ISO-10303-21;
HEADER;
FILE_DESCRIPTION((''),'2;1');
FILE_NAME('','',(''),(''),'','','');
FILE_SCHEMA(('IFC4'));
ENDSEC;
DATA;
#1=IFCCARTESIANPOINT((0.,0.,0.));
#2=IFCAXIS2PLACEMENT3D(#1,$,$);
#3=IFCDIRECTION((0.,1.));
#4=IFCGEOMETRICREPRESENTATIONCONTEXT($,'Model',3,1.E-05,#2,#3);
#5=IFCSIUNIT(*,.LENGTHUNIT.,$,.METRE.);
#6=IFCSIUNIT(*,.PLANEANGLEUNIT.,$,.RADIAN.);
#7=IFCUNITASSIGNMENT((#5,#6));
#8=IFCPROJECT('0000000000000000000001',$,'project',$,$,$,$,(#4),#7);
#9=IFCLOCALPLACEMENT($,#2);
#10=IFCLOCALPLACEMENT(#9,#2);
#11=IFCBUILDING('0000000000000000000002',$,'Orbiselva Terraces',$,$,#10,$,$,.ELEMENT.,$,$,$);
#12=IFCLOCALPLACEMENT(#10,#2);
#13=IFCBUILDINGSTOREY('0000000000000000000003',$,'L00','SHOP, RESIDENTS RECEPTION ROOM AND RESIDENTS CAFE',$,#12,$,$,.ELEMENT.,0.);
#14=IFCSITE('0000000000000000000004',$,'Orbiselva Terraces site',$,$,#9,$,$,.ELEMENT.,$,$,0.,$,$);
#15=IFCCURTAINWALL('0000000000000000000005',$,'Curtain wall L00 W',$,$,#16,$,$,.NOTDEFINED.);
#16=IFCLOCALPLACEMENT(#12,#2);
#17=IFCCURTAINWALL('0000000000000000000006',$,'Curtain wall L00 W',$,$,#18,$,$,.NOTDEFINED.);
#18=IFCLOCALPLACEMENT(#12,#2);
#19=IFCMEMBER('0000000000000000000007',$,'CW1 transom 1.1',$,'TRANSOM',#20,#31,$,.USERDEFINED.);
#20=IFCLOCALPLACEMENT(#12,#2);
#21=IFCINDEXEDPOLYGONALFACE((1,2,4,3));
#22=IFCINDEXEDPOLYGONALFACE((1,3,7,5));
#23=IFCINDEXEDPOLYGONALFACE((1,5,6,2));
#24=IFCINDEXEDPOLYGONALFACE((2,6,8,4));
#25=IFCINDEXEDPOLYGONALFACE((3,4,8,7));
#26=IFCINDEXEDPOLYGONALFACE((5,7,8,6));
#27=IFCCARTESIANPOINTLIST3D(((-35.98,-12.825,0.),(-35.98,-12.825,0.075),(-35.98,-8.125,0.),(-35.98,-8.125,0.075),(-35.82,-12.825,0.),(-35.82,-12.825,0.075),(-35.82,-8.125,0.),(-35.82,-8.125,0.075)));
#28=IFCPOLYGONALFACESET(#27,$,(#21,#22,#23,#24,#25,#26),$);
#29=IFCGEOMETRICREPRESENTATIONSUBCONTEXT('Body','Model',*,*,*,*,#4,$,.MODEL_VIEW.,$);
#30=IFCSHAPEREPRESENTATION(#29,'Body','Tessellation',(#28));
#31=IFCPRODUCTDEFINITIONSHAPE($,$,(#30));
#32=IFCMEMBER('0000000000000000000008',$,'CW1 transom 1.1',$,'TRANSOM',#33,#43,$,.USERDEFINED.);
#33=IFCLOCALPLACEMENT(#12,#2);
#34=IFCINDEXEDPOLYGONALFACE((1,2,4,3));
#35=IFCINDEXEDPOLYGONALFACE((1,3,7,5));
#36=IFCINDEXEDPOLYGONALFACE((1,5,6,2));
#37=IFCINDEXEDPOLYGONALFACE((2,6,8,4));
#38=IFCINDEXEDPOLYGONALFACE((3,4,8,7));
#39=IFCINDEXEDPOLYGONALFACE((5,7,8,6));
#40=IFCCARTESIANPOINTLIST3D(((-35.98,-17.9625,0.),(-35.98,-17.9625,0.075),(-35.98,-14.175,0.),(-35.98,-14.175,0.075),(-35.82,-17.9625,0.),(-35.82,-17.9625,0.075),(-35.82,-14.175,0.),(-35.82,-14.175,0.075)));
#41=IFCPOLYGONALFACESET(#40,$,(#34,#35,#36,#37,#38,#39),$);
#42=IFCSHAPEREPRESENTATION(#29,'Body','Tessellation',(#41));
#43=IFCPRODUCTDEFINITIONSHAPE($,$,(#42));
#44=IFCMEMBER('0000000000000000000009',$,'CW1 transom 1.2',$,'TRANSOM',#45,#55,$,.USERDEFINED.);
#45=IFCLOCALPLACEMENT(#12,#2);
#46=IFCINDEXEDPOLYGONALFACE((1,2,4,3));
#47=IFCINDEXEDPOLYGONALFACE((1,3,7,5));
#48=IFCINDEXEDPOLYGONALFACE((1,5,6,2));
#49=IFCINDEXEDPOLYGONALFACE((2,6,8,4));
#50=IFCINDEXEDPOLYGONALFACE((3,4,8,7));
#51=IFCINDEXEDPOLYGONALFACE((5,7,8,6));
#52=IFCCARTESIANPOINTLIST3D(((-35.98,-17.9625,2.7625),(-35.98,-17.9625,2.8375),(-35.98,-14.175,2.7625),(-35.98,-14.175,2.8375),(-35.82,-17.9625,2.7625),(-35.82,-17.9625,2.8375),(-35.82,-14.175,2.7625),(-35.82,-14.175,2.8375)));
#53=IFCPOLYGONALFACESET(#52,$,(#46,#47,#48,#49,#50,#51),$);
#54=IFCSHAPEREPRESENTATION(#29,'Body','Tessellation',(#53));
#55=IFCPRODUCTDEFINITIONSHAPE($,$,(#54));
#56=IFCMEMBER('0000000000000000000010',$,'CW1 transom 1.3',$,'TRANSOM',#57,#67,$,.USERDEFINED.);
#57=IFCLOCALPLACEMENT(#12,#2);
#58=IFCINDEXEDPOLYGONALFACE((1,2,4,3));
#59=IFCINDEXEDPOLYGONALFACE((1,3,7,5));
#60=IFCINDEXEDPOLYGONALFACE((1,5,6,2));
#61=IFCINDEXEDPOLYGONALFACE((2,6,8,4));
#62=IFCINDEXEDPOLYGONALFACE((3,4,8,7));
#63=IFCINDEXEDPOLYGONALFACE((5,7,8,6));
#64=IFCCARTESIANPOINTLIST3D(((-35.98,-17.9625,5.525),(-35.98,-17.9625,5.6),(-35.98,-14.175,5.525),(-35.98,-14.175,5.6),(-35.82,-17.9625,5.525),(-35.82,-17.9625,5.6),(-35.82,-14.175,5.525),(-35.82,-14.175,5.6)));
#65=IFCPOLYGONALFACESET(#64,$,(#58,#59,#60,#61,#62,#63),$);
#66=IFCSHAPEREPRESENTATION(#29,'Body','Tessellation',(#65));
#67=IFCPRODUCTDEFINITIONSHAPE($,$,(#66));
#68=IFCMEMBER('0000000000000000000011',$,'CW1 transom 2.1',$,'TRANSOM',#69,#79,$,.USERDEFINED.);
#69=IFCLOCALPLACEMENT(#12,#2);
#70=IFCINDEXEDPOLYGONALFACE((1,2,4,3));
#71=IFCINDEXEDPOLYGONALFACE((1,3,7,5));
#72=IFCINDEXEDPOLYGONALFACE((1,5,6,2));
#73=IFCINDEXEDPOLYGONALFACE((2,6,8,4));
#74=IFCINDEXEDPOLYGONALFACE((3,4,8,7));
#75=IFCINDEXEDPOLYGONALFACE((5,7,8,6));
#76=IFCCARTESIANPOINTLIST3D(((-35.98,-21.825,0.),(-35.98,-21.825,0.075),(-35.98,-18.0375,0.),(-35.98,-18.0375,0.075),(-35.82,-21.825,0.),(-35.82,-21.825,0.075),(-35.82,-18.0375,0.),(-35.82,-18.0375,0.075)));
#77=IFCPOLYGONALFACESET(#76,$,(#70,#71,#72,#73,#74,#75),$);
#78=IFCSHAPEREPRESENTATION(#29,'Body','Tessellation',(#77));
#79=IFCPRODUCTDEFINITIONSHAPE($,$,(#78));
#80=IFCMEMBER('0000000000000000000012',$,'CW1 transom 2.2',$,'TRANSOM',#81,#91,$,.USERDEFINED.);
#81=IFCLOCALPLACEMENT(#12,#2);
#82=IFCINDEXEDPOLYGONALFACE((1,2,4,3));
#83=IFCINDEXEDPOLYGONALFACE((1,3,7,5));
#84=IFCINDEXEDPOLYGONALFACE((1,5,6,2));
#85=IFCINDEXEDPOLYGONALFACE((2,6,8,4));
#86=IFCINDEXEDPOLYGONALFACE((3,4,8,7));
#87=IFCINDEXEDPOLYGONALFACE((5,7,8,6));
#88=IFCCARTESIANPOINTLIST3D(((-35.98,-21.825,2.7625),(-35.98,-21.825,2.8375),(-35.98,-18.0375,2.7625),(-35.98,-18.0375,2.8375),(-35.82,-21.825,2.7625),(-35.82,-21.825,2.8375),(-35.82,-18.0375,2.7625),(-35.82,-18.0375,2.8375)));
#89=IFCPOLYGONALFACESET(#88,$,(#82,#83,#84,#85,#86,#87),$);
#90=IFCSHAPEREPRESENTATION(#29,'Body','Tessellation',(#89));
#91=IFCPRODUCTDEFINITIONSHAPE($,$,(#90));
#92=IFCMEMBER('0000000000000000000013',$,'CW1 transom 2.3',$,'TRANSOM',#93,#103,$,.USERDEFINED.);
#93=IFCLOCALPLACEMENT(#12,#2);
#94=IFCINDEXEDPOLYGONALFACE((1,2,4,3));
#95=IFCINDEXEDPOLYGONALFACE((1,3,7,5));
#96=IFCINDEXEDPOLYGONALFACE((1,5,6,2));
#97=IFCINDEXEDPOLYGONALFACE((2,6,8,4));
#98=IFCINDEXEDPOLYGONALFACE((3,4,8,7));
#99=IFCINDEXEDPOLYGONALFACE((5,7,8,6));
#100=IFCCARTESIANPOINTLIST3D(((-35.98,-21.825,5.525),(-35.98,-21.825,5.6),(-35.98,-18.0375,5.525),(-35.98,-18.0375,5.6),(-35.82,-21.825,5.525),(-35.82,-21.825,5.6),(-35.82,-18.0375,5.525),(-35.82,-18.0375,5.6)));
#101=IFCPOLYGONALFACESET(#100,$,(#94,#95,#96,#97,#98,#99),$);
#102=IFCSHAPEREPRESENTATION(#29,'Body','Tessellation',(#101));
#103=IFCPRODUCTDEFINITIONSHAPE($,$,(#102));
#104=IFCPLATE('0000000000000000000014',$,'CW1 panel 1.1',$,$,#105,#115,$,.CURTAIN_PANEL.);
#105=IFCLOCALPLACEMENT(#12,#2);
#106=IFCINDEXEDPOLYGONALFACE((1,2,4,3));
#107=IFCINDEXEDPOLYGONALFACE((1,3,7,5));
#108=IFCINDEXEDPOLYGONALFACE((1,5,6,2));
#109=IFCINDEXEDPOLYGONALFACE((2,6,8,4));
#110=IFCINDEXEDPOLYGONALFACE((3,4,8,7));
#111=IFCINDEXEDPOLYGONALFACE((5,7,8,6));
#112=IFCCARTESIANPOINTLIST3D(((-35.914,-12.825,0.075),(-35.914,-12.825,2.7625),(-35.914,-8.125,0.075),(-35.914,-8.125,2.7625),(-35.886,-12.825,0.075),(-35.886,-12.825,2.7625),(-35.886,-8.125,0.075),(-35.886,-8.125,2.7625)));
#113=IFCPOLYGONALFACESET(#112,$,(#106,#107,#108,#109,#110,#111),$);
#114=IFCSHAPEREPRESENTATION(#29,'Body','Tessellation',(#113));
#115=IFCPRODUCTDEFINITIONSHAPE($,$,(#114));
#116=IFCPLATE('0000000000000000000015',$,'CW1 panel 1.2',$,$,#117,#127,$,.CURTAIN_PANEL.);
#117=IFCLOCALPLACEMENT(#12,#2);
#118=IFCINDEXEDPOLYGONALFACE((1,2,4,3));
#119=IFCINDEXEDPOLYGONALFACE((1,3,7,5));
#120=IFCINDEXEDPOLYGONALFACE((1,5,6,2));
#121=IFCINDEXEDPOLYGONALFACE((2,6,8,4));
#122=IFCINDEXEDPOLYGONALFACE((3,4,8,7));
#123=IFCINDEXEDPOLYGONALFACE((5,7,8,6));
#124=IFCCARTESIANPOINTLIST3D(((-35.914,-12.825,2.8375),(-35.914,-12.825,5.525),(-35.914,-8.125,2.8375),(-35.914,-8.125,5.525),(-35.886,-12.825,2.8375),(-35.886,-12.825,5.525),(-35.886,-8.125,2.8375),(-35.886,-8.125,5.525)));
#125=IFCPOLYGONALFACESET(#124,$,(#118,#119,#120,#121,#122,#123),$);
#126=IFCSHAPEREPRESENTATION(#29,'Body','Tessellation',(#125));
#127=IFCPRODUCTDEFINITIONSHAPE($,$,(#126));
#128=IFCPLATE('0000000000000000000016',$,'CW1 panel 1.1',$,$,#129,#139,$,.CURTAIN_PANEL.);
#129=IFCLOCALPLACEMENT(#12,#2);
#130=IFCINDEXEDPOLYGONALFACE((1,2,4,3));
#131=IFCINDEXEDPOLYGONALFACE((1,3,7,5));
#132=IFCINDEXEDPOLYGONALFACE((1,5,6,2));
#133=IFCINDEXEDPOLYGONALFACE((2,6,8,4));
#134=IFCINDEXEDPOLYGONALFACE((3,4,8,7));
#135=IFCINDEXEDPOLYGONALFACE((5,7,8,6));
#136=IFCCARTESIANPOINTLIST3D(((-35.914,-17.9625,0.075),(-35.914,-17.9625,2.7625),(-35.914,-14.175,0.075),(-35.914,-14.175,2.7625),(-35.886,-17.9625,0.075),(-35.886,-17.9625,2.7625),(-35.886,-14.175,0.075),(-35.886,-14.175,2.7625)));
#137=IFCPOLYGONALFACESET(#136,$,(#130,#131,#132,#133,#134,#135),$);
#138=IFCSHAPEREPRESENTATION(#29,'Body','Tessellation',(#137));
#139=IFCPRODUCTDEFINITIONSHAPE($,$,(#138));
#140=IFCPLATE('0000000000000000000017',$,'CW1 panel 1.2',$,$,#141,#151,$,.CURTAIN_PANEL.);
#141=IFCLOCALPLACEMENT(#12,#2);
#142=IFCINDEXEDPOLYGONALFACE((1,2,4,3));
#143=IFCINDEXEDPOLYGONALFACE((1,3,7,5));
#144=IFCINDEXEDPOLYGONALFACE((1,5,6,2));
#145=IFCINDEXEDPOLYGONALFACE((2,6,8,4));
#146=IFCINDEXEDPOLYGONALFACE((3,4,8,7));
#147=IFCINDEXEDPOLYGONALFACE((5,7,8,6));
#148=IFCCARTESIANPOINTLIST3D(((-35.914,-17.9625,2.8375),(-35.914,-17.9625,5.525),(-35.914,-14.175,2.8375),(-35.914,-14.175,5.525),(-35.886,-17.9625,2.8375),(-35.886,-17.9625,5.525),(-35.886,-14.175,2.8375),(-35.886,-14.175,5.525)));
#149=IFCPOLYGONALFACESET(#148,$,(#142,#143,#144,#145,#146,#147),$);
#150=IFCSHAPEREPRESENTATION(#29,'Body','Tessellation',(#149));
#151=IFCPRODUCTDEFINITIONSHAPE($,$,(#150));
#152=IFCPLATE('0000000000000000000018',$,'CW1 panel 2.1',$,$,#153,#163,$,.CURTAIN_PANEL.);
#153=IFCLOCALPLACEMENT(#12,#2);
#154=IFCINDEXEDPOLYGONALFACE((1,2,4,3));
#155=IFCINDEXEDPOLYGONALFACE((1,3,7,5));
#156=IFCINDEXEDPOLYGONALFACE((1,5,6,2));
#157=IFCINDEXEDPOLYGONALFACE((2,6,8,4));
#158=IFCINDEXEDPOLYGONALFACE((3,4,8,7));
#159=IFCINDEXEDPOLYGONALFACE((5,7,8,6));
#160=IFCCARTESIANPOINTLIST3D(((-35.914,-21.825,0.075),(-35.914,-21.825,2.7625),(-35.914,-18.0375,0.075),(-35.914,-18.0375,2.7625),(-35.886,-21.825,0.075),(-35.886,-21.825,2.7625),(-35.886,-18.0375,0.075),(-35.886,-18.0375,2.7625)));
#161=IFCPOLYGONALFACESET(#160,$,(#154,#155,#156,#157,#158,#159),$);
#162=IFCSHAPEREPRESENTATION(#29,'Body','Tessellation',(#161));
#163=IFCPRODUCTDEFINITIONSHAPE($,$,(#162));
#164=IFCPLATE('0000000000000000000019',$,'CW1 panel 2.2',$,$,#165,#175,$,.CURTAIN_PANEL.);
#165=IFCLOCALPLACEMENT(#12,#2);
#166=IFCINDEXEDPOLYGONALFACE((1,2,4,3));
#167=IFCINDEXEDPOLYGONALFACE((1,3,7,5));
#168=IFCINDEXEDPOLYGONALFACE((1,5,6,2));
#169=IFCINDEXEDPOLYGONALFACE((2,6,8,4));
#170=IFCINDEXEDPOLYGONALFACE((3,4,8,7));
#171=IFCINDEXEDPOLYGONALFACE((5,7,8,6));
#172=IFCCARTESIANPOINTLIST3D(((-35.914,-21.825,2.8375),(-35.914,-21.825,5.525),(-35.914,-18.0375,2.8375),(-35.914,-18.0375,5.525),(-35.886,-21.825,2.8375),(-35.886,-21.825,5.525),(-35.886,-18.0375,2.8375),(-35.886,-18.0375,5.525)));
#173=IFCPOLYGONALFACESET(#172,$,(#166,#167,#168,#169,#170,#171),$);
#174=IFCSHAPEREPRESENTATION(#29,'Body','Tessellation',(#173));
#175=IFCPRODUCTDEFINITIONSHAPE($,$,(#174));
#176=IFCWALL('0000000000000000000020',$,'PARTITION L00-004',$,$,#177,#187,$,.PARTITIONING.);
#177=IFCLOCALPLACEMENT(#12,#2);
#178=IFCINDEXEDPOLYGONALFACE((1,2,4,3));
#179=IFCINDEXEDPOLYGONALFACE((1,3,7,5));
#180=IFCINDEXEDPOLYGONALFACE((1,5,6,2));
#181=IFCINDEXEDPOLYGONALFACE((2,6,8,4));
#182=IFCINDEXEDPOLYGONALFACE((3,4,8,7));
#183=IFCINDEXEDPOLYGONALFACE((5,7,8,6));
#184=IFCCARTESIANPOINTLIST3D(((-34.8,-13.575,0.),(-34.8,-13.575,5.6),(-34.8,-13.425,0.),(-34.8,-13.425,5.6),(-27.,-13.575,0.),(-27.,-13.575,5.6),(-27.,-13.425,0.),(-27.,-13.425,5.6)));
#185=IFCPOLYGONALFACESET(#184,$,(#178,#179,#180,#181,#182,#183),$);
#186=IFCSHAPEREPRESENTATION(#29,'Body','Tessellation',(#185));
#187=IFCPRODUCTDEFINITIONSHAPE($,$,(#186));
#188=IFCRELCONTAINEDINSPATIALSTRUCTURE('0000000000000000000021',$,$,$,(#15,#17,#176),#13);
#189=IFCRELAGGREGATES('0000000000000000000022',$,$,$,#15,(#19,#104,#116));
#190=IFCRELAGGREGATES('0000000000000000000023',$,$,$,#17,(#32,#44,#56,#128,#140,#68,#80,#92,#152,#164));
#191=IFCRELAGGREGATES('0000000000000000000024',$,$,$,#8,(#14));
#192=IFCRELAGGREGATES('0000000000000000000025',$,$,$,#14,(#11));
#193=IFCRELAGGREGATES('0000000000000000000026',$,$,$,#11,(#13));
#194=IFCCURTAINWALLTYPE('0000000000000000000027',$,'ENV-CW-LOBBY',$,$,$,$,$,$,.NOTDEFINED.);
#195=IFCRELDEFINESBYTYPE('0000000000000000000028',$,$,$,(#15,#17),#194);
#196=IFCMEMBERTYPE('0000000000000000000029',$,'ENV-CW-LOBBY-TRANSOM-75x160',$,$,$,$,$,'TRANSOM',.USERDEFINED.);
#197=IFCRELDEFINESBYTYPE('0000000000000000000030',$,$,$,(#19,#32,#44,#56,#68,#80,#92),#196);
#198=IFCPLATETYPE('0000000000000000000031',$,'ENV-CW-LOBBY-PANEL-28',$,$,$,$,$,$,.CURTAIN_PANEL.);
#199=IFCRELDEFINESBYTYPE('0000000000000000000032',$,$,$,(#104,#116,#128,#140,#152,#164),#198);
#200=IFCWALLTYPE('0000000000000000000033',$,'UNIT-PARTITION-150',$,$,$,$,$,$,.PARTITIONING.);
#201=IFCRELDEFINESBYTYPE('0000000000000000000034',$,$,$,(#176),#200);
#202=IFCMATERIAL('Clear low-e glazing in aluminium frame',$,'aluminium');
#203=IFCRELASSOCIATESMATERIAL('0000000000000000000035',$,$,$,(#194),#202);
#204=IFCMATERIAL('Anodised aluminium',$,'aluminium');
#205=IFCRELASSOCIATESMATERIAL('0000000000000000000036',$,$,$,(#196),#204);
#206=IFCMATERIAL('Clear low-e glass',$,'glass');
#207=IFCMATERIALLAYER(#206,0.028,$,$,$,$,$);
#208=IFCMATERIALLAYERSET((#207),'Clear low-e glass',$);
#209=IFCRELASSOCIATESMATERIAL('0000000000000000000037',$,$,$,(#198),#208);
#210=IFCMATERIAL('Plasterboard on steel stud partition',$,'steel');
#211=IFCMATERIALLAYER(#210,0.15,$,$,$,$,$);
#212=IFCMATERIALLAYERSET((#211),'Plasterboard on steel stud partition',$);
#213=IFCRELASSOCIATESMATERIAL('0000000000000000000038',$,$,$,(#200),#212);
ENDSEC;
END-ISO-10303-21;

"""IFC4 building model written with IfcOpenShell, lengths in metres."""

from ifc_helpers import new_model, si_unit, direction, frame, frame_2d, origin, origin_2d, place, context, subcontext, project, spatial, rectangle, extrude, material, layer, layer_set, material_profile, profile_set, type_object, element, aggregate, save


model = new_model("IFC4")

# Units and contexts
model_context = context("Model", 3, precision=1e-05, world=origin(), true_north=direction((0.0, 1.0)))
body_context = subcontext(model_context, "Body", "Model", "MODEL_VIEW")
ifc_project = project(units=[si_unit("LENGTHUNIT", "METRE"), si_unit("PLANEANGLEUNIT", "RADIAN")], contexts=[model_context])

# Site, building, storey
site_placement = place(None, origin())
site = spatial("IfcSite", under=ifc_project, at=site_placement, Name="Orbiselva Terraces site", CompositionType="ELEMENT", RefElevation=0.0)
building_placement = place(site_placement, origin())
building = spatial("IfcBuilding", under=site, at=building_placement, Name="Orbiselva Terraces", CompositionType="ELEMENT")
storey_placement = place(building_placement, origin())
storey = spatial("IfcBuildingStorey", under=building, at=storey_placement, Name="L00", Description="SHOP, RESIDENTS RECEPTION ROOM AND RESIDENTS CAFE", CompositionType="ELEMENT", Elevation=0.0)

# Curtain wall
ifc_material_1 = material(Name="Clear low-e glazing in aluminium frame", Category="aluminium")
curtain_wall_type = type_object("IfcCurtainWallType", Name="ENV-CW-LOBBY", PredefinedType="NOTDEFINED", material=ifc_material_1)
curtain_wall_1_placement = place(storey_placement, origin())
curtain_wall_1 = element("IfcCurtainWall", 1, at=curtain_wall_1_placement, inside=storey, type_object=curtain_wall_type, Name="Curtain wall L00 W", PredefinedType="NOTDEFINED")
ifc_material_2 = material(Name="Anodised aluminium", Category="aluminium")

# Curtain wall
curtain_wall_2_placement = place(storey_placement, origin())
curtain_wall_2 = element("IfcCurtainWall", 2, at=curtain_wall_2_placement, inside=storey, type_object=curtain_wall_type, Name="Curtain wall L00 W", PredefinedType="NOTDEFINED")

# Members
ifc_material_profile_1 = material_profile(ifc_material_2, rectangle(XDim=0.16, YDim=0.075, at=origin_2d()), Name="AL 75x160")
ifc_profile_set_1 = profile_set([ifc_material_profile_1], Name="Anodised aluminium")
member_type_1 = type_object("IfcMemberType", Name="ENV-CW-LOBBY-TRANSOM-75x160", ElementType="TRANSOM", PredefinedType="USERDEFINED", material=ifc_profile_set_1)
member_1_placement = place(storey_placement, frame((-35.9, -8.125, 0.0375), z_axis=(0.0, -1.0, 0.0), x_axis=(1.0, 0.0, 0.0)))
member_1 = element("IfcMember", 3, at=member_1_placement, type_object=member_type_1, Name="CW1 transom 1.1", ObjectType="TRANSOM", PredefinedType="USERDEFINED", context=body_context, shape_type="SweptSolid", body=[
    extrude(rectangle(XDim=0.16, YDim=0.075, at=origin_2d()), origin(), (0.0, 0.0, 1.0), 4.7),
])
member_2_placement = place(storey_placement, frame((-35.9, -14.175, 0.0375), z_axis=(0.0, -1.0, 0.0), x_axis=(1.0, 0.0, 0.0)))
member_2 = element("IfcMember", 4, at=member_2_placement, type_object=member_type_1, Name="CW1 transom 1.1", ObjectType="TRANSOM", PredefinedType="USERDEFINED", context=body_context, shape_type="SweptSolid", body=[
    extrude(rectangle(XDim=0.16, YDim=0.075, at=origin_2d()), origin(), (0.0, 0.0, 1.0), 3.7875),
])
member_3_placement = place(storey_placement, frame((-35.9, -14.175, 2.8), z_axis=(0.0, -1.0, 0.0), x_axis=(1.0, 0.0, 0.0)))
member_3 = element("IfcMember", 5, at=member_3_placement, type_object=member_type_1, Name="CW1 transom 1.2", ObjectType="TRANSOM", PredefinedType="USERDEFINED", context=body_context, shape_type="SweptSolid", body=[
    extrude(rectangle(XDim=0.16, YDim=0.075, at=origin_2d()), origin(), (0.0, 0.0, 1.0), 3.7875),
])
member_4_placement = place(storey_placement, frame((-35.9, -14.175, 5.5625), z_axis=(0.0, -1.0, 0.0), x_axis=(1.0, 0.0, 0.0)))
member_4 = element("IfcMember", 6, at=member_4_placement, type_object=member_type_1, Name="CW1 transom 1.3", ObjectType="TRANSOM", PredefinedType="USERDEFINED", context=body_context, shape_type="SweptSolid", body=[
    extrude(rectangle(XDim=0.16, YDim=0.075, at=origin_2d()), origin(), (0.0, 0.0, 1.0), 3.7875),
])
member_5_placement = place(storey_placement, frame((-35.9, -18.0375, 0.0375), z_axis=(0.0, -1.0, 0.0), x_axis=(1.0, 0.0, 0.0)))
member_5 = element("IfcMember", 7, at=member_5_placement, type_object=member_type_1, Name="CW1 transom 2.1", ObjectType="TRANSOM", PredefinedType="USERDEFINED", context=body_context, shape_type="SweptSolid", body=[
    extrude(rectangle(XDim=0.16, YDim=0.075, at=origin_2d()), origin(), (0.0, 0.0, 1.0), 3.7875),
])
member_6_placement = place(storey_placement, frame((-35.9, -18.0375, 2.8), z_axis=(0.0, -1.0, 0.0), x_axis=(1.0, 0.0, 0.0)))
member_6 = element("IfcMember", 8, at=member_6_placement, type_object=member_type_1, Name="CW1 transom 2.2", ObjectType="TRANSOM", PredefinedType="USERDEFINED", context=body_context, shape_type="SweptSolid", body=[
    extrude(rectangle(XDim=0.16, YDim=0.075, at=origin_2d()), origin(), (0.0, 0.0, 1.0), 3.7875),
])
member_7_placement = place(storey_placement, frame((-35.9, -18.0375, 5.5625), z_axis=(0.0, -1.0, 0.0), x_axis=(1.0, 0.0, 0.0)))
member_7 = element("IfcMember", 9, at=member_7_placement, type_object=member_type_1, Name="CW1 transom 2.3", ObjectType="TRANSOM", PredefinedType="USERDEFINED", context=body_context, shape_type="SweptSolid", body=[
    extrude(rectangle(XDim=0.16, YDim=0.075, at=origin_2d()), origin(), (0.0, 0.0, 1.0), 3.7875),
])

# Plates
ifc_material_3 = material(Name="Clear low-e glass", Category="glass")
ifc_layer_1 = layer(ifc_material_3, 0.028)
ifc_layer_set_1 = layer_set([ifc_layer_1], Name="Clear low-e glass")
plate_type = type_object("IfcPlateType", Name="ENV-CW-LOBBY-PANEL-28", PredefinedType="CURTAIN_PANEL", material=ifc_layer_set_1)
plate_1_placement = place(storey_placement, frame((-35.9, -10.475, 0.075), z_axis=(0.0, 0.0, 1.0), x_axis=(0.0, -1.0, 0.0)))
plate_1 = element("IfcPlate", 10, at=plate_1_placement, type_object=plate_type, Name="CW1 panel 1.1", PredefinedType="CURTAIN_PANEL", context=body_context, shape_type="SweptSolid", body=[
    extrude(rectangle(XDim=4.7, YDim=0.028, at=origin_2d()), origin(), (0.0, 0.0, 1.0), 2.6875),
])
plate_2_placement = place(storey_placement, frame((-35.9, -10.475, 2.8375), z_axis=(0.0, 0.0, 1.0), x_axis=(0.0, -1.0, 0.0)))
plate_2 = element("IfcPlate", 11, at=plate_2_placement, type_object=plate_type, Name="CW1 panel 1.2", PredefinedType="CURTAIN_PANEL", context=body_context, shape_type="SweptSolid", body=[
    extrude(rectangle(XDim=4.7, YDim=0.028, at=origin_2d()), origin(), (0.0, 0.0, 1.0), 2.6875),
])
aggregate(curtain_wall_1, [member_1, plate_1, plate_2])
plate_3_placement = place(storey_placement, frame((-35.9, -16.0688, 0.075), z_axis=(0.0, 0.0, 1.0), x_axis=(0.0, -1.0, 0.0)))
plate_3 = element("IfcPlate", 12, at=plate_3_placement, type_object=plate_type, Name="CW1 panel 1.1", PredefinedType="CURTAIN_PANEL", context=body_context, shape_type="SweptSolid", body=[
    extrude(rectangle(XDim=3.7875, YDim=0.028, at=origin_2d()), origin(), (0.0, 0.0, 1.0), 2.6875),
])
plate_4_placement = place(storey_placement, frame((-35.9, -16.0688, 2.8375), z_axis=(0.0, 0.0, 1.0), x_axis=(0.0, -1.0, 0.0)))
plate_4 = element("IfcPlate", 13, at=plate_4_placement, type_object=plate_type, Name="CW1 panel 1.2", PredefinedType="CURTAIN_PANEL", context=body_context, shape_type="SweptSolid", body=[
    extrude(rectangle(XDim=3.7875, YDim=0.028, at=origin_2d()), origin(), (0.0, 0.0, 1.0), 2.6875),
])
plate_5_placement = place(storey_placement, frame((-35.9, -19.9312, 0.075), z_axis=(0.0, 0.0, 1.0), x_axis=(0.0, -1.0, 0.0)))
plate_5 = element("IfcPlate", 14, at=plate_5_placement, type_object=plate_type, Name="CW1 panel 2.1", PredefinedType="CURTAIN_PANEL", context=body_context, shape_type="SweptSolid", body=[
    extrude(rectangle(XDim=3.7875, YDim=0.028, at=origin_2d()), origin(), (0.0, 0.0, 1.0), 2.6875),
])
plate_6_placement = place(storey_placement, frame((-35.9, -19.9312, 2.8375), z_axis=(0.0, 0.0, 1.0), x_axis=(0.0, -1.0, 0.0)))
plate_6 = element("IfcPlate", 15, at=plate_6_placement, type_object=plate_type, Name="CW1 panel 2.2", PredefinedType="CURTAIN_PANEL", context=body_context, shape_type="SweptSolid", body=[
    extrude(rectangle(XDim=3.7875, YDim=0.028, at=origin_2d()), origin(), (0.0, 0.0, 1.0), 2.6875),
])
aggregate(curtain_wall_2, [member_2, member_3, member_4, plate_3, plate_4, member_5, member_6, member_7, plate_5, plate_6])

# Wall
ifc_material_4 = material(Name="Plasterboard on steel stud partition", Category="steel")
ifc_layer_2 = layer(ifc_material_4, 0.15)
ifc_layer_set_2 = layer_set([ifc_layer_2], Name="Plasterboard on steel stud partition")
wall_type = type_object("IfcWallType", Name="UNIT-PARTITION-150", PredefinedType="PARTITIONING", material=ifc_layer_set_2)
wall_placement = place(storey_placement, frame((-34.8, -13.5, 0.0), z_axis=(0.0, 0.0, 1.0), x_axis=(1.0, 0.0, 0.0)))
element("IfcWall", 16, at=wall_placement, inside=storey, type_object=wall_type, Name="PARTITION L00-004", PredefinedType="PARTITIONING", context=body_context, shape_type="SweptSolid", body=[
    extrude(rectangle(XDim=7.8, YDim=0.15, at=frame_2d((3.9, 0.0))), origin(), (0.0, 0.0, 1.0), 5.6),
])

save(model, "model.ifc")
